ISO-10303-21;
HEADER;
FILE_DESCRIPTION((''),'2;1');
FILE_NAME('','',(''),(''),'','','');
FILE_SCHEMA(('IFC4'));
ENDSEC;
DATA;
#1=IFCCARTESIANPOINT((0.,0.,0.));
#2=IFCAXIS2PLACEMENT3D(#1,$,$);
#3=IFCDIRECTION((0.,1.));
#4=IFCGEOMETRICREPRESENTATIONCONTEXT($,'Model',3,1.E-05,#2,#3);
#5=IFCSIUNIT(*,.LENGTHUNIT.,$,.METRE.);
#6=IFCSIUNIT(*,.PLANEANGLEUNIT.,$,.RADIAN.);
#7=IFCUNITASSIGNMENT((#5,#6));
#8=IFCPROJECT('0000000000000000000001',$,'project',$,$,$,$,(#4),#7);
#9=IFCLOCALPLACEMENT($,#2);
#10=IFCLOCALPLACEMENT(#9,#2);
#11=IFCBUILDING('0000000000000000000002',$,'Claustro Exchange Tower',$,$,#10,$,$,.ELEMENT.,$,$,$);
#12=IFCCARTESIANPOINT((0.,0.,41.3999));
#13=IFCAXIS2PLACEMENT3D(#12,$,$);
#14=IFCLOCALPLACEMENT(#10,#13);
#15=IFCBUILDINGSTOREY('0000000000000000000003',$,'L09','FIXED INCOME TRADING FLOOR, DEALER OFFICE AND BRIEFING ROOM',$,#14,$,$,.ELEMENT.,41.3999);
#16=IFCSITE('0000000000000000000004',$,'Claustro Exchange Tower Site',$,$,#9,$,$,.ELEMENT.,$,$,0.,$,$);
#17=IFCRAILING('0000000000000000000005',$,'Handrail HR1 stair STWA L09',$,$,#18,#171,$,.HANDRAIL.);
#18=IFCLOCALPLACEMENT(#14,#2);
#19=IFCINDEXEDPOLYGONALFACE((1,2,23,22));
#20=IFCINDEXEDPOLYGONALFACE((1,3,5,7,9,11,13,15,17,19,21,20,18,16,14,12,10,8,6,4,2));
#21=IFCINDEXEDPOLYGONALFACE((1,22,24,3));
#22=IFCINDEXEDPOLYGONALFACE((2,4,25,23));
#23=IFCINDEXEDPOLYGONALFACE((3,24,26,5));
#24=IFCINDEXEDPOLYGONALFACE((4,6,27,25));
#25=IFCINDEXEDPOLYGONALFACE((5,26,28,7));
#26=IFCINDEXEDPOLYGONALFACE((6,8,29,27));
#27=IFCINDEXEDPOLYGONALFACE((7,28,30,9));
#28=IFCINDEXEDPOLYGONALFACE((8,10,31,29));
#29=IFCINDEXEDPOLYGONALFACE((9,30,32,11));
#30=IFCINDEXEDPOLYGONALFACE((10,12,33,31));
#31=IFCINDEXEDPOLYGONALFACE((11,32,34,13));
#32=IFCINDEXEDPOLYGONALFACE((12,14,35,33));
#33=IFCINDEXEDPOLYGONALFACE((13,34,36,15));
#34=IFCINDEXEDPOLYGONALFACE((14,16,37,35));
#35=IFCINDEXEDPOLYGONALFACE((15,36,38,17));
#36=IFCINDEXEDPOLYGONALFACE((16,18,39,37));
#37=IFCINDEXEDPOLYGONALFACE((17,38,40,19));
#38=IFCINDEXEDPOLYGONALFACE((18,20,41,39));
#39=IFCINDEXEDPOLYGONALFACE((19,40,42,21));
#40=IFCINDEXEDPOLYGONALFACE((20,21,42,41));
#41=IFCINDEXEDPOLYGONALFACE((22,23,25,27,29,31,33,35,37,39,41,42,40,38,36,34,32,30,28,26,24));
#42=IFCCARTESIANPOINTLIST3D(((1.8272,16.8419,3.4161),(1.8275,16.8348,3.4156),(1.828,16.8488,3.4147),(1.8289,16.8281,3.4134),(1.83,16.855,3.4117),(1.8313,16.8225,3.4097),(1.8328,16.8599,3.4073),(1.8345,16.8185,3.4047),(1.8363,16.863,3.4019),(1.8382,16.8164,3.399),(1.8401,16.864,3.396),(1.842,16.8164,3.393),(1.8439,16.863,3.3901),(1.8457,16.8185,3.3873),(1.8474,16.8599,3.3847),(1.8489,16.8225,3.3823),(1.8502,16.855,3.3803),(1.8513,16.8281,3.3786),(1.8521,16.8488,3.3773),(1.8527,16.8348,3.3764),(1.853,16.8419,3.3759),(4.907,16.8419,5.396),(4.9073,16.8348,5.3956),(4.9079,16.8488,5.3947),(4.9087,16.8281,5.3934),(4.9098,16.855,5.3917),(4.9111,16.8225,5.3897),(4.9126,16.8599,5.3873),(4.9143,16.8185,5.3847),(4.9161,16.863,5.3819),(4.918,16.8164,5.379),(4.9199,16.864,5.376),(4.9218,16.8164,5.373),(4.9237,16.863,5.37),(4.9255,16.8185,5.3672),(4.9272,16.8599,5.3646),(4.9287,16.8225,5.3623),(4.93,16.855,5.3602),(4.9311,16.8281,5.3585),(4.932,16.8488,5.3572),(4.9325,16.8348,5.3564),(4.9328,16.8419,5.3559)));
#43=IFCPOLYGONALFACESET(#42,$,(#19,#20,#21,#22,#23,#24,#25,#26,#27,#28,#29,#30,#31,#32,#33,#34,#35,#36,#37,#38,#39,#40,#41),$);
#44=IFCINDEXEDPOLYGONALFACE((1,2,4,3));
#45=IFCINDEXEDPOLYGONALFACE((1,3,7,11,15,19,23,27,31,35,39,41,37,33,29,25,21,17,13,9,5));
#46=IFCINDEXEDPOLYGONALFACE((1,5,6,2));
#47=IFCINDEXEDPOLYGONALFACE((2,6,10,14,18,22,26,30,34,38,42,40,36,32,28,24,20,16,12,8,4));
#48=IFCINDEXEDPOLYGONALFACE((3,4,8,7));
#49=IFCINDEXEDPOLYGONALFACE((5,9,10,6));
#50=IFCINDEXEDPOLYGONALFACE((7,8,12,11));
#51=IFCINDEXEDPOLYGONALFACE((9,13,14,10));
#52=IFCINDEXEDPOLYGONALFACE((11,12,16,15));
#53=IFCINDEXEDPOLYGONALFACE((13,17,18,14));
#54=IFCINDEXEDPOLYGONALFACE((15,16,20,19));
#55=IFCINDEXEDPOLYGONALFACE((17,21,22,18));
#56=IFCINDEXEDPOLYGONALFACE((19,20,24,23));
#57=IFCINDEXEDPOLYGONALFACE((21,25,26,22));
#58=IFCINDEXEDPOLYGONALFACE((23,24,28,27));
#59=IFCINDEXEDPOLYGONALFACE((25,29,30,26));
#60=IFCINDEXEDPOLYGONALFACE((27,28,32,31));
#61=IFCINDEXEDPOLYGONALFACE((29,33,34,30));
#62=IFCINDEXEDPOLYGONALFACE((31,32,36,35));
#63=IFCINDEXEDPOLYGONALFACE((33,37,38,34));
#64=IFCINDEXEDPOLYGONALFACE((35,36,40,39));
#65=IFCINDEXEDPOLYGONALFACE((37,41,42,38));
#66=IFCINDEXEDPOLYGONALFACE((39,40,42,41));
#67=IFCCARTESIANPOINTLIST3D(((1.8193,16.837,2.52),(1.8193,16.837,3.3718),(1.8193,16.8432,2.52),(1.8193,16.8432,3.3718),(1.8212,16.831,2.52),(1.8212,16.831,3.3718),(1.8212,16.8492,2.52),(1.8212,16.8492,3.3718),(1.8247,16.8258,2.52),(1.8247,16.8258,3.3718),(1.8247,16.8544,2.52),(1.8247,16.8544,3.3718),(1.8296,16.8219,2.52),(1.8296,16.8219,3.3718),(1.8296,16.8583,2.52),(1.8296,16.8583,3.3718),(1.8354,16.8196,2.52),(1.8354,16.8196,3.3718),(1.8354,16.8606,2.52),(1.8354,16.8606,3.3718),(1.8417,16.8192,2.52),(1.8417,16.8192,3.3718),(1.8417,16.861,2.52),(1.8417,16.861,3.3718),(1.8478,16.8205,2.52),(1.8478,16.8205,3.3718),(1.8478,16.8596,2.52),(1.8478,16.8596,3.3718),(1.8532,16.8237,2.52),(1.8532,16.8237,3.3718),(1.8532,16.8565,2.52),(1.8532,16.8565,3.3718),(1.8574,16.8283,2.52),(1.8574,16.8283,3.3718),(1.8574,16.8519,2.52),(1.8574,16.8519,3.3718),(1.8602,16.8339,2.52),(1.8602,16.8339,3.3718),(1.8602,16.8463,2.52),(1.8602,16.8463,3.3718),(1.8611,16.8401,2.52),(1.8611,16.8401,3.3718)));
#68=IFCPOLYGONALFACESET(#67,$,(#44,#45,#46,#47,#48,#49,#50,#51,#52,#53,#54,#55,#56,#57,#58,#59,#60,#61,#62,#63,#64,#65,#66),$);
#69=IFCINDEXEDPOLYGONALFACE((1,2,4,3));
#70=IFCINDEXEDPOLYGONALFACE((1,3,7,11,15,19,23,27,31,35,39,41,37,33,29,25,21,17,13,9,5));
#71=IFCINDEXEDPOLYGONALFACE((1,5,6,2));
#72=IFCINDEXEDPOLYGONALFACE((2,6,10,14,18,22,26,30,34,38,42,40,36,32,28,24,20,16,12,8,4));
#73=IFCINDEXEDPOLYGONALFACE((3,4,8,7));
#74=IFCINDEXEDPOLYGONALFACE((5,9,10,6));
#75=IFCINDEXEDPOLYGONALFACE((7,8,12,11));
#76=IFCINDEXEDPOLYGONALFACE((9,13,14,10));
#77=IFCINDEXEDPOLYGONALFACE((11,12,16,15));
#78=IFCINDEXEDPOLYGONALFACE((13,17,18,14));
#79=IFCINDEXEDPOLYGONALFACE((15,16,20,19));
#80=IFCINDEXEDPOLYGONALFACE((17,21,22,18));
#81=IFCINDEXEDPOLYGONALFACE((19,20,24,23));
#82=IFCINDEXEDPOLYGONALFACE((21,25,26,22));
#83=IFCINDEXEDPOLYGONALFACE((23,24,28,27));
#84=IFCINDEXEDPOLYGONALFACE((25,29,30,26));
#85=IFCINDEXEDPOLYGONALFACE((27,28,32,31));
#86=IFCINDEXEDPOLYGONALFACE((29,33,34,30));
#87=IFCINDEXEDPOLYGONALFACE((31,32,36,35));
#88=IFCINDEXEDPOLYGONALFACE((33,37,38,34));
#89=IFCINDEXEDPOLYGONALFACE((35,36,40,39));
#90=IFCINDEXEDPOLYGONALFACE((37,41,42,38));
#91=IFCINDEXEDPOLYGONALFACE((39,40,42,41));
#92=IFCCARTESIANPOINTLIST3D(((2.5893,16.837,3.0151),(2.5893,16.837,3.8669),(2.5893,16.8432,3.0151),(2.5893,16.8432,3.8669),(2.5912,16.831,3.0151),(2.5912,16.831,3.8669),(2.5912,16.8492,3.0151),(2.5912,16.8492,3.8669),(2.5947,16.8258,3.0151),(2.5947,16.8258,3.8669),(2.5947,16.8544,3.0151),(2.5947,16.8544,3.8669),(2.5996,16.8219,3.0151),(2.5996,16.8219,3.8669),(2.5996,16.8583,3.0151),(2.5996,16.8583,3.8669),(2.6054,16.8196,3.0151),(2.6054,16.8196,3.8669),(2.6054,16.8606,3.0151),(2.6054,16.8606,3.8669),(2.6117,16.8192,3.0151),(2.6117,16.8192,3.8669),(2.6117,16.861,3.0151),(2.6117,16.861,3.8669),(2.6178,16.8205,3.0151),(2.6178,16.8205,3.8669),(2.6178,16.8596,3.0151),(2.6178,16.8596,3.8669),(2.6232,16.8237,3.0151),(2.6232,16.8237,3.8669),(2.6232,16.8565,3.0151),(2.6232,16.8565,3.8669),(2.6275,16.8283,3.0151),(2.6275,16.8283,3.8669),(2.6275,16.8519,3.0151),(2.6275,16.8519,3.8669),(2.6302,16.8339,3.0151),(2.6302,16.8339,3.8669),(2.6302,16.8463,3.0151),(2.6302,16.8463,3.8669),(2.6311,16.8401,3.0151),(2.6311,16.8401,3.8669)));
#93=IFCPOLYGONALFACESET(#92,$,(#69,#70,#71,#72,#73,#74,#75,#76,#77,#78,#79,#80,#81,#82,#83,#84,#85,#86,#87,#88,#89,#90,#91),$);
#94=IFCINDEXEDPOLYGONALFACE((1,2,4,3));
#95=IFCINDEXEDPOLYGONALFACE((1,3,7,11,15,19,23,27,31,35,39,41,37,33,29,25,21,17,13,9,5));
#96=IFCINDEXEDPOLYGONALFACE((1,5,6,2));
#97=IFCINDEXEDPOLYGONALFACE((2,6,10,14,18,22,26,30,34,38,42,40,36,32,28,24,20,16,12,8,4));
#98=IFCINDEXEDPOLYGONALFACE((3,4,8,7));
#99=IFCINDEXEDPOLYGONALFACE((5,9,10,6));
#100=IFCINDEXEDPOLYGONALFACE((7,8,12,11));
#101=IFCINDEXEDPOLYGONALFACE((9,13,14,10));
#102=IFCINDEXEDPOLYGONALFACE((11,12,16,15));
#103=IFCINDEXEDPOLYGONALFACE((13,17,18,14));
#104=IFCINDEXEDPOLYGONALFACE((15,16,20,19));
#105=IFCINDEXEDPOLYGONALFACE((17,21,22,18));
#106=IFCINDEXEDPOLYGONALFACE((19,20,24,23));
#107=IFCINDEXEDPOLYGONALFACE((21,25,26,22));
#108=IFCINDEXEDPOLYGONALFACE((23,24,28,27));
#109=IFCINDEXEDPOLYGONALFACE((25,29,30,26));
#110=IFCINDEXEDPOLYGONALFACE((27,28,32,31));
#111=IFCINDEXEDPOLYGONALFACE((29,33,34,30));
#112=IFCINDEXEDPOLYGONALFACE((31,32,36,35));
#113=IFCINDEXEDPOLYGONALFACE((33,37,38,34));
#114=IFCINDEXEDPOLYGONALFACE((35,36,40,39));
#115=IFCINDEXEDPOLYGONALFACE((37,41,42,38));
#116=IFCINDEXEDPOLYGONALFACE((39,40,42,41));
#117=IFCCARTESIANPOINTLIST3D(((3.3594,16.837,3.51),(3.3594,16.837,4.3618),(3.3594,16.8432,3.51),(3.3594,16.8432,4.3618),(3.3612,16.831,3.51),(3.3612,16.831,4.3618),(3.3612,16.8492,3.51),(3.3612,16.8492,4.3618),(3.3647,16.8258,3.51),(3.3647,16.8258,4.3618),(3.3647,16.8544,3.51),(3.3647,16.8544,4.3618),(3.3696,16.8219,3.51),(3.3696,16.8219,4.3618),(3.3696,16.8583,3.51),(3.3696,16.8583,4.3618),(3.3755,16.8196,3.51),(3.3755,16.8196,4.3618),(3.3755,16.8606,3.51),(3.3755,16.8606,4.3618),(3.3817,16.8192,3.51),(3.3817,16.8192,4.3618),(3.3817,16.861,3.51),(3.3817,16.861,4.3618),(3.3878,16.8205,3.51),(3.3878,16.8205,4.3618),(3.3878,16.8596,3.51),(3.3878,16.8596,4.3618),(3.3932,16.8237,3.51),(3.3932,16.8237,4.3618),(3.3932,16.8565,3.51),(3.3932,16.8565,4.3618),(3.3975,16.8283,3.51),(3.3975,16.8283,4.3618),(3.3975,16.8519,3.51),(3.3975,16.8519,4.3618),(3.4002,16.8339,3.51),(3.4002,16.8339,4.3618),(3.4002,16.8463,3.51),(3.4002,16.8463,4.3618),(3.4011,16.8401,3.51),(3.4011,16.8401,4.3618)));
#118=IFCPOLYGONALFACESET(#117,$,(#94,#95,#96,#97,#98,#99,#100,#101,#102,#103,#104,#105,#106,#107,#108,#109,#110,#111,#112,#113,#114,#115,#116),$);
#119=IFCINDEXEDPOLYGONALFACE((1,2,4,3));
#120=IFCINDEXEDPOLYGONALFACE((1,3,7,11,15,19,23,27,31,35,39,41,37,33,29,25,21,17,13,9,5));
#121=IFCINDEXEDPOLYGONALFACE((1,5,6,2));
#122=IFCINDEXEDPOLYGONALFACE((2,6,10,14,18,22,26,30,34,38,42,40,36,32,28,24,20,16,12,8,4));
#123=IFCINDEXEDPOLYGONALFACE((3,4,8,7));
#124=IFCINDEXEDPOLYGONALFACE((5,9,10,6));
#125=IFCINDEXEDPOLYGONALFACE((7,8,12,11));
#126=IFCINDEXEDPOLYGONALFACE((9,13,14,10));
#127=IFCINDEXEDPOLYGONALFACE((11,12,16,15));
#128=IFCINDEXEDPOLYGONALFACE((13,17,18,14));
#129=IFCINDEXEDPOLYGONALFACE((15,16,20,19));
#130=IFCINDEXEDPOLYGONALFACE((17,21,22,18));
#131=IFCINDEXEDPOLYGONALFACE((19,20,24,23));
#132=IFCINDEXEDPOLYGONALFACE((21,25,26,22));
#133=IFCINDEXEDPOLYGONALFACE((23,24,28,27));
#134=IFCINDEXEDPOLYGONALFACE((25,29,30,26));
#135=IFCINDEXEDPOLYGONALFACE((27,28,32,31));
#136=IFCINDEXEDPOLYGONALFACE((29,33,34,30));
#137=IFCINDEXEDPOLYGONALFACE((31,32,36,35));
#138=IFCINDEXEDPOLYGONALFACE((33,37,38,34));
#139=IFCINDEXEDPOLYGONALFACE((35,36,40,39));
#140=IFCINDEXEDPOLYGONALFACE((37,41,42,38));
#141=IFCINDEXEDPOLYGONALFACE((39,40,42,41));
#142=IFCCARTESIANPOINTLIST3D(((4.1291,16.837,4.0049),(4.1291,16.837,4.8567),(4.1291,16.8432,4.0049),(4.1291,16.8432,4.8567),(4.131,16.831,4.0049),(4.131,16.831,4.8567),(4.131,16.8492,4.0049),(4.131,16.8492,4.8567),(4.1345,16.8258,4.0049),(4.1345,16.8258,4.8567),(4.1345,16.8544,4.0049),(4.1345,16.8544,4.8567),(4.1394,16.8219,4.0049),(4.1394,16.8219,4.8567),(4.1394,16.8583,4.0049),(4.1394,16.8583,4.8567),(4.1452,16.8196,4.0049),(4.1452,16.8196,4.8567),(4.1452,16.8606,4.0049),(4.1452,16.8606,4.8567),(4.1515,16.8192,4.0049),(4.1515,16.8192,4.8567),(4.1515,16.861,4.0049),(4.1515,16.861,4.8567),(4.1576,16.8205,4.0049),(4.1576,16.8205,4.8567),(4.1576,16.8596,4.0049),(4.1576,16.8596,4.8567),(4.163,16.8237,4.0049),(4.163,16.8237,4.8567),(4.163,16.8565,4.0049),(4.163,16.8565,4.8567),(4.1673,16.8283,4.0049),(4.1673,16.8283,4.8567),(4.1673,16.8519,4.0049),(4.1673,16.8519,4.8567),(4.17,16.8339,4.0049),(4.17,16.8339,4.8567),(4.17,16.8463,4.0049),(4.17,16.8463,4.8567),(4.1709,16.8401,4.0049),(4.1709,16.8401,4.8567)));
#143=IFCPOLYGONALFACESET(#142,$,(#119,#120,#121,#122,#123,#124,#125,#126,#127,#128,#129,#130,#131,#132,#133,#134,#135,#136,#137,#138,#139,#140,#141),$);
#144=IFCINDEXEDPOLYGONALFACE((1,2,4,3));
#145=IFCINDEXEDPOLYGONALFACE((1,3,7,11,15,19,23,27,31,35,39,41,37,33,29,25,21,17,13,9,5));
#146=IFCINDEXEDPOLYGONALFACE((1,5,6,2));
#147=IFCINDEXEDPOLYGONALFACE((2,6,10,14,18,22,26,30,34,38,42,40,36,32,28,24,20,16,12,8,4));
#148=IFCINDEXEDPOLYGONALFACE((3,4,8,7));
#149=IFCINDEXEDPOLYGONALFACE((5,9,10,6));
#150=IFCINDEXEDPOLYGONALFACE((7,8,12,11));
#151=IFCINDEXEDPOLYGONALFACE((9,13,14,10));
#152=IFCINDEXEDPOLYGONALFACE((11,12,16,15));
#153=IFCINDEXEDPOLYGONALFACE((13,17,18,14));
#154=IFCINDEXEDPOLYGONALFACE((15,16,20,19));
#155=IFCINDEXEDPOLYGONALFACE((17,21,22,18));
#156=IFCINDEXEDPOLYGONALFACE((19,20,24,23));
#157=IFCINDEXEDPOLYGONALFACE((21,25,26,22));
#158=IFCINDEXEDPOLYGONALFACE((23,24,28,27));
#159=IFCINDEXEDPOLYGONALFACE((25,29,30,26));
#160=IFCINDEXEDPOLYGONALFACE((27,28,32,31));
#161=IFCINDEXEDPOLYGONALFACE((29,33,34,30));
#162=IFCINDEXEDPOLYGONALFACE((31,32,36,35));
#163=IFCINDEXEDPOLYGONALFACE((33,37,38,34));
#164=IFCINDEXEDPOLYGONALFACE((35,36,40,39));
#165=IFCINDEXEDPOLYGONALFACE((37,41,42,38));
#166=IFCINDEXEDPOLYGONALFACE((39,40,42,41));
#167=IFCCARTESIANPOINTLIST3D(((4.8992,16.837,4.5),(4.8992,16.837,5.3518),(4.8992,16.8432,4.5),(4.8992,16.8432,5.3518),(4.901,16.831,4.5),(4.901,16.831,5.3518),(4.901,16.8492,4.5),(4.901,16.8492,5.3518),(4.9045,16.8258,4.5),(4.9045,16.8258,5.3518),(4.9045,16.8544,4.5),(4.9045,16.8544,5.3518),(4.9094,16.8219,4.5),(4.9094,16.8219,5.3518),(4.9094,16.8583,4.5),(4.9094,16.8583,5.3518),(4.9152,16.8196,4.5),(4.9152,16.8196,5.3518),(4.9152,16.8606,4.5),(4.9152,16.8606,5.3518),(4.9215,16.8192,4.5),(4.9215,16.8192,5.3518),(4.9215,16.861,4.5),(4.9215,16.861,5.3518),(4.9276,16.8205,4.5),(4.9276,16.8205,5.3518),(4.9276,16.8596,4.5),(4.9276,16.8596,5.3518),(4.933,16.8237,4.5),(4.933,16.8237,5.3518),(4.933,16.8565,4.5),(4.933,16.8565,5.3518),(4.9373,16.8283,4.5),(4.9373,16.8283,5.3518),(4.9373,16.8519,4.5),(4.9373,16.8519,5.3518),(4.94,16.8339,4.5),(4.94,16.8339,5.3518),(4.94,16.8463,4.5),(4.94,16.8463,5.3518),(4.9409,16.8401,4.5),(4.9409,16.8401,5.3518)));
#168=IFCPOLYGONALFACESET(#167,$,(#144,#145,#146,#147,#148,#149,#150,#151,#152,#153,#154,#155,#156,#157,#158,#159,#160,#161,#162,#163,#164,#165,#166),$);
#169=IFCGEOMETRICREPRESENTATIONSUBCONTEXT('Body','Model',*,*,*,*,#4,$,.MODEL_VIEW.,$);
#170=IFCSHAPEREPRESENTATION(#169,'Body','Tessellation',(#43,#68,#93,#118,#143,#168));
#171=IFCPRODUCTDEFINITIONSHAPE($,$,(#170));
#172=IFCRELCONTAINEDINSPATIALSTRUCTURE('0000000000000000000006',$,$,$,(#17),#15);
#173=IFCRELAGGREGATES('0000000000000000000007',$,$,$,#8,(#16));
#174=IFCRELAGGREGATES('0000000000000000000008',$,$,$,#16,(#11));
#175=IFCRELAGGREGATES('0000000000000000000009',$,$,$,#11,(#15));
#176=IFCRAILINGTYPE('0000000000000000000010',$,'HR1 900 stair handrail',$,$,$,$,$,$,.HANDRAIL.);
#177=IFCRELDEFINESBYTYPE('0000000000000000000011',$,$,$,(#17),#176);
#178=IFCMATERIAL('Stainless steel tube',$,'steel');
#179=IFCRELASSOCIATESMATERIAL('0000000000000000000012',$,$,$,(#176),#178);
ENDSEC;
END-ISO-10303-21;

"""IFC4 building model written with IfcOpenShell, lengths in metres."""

from ifc_helpers import new_model, si_unit, direction, frame, origin, origin_2d, place, context, subcontext, project, spatial, circle, extrude, material, type_object, element, save


model = new_model("IFC4")

# Units and contexts
model_context = context("Model", 3, precision=1e-05, world=origin(), true_north=direction((0.0, 1.0)))
body_context = subcontext(model_context, "Body", "Model", "MODEL_VIEW")
ifc_project = project(units=[si_unit("LENGTHUNIT", "METRE"), si_unit("PLANEANGLEUNIT", "RADIAN")], contexts=[model_context])

# Site, building, storey
site_placement = place(None, origin())
site = spatial("IfcSite", under=ifc_project, at=site_placement, Name="Claustro Exchange Tower Site", CompositionType="ELEMENT", RefElevation=0.0)
building_placement = place(site_placement, origin())
building = spatial("IfcBuilding", under=site, at=building_placement, Name="Claustro Exchange Tower", CompositionType="ELEMENT")
storey_placement = place(building_placement, frame((0.0, 0.0, 41.3999)))
storey = spatial("IfcBuildingStorey", under=building, at=storey_placement, Name="L09", Description="FIXED INCOME TRADING FLOOR, DEALER OFFICE AND BRIEFING ROOM", CompositionType="ELEMENT", Elevation=41.3999)

# Railing
ifc_material_1 = material(Name="Stainless steel tube", Category="steel")
railing_type = type_object("IfcRailingType", Name="HR1 900 stair handrail", PredefinedType="HANDRAIL", material=ifc_material_1)
railing_placement = place(storey_placement, frame((1.8401, 16.8401, 2.52)))
element("IfcRailing", 1, at=railing_placement, inside=storey, type_object=railing_type, Name="Handrail HR1 stair STWA L09", PredefinedType="HANDRAIL", context=body_context, shape_type="SweptSolid", body=[
    extrude(circle(Radius=0.0239, at=origin_2d()), frame((0.0, 0.0, 0.876), z_axis=(0.841168, 0.0, 0.540774), x_axis=(0.0, 1.0, 0.0)), (0.0, 0.0, 1.0), 3.6614),
    extrude(circle(Radius=0.021, at=origin_2d()), origin(), (0.0, 0.0, 1.0), 0.8518),
    extrude(circle(Radius=0.021, at=origin_2d()), frame((0.77, 0.0, 0.4951)), (0.0, 0.0, 1.0), 0.8518),
    extrude(circle(Radius=0.021, at=origin_2d()), frame((1.54, 0.0, 0.99)), (0.0, 0.0, 1.0), 0.8518),
    extrude(circle(Radius=0.021, at=origin_2d()), frame((2.3098, 0.0, 1.4849)), (0.0, 0.0, 1.0), 0.8518),
    extrude(circle(Radius=0.021, at=origin_2d()), frame((3.0798, 0.0, 1.98)), (0.0, 0.0, 1.0), 0.8518),
])

save(model, "model.ifc")
